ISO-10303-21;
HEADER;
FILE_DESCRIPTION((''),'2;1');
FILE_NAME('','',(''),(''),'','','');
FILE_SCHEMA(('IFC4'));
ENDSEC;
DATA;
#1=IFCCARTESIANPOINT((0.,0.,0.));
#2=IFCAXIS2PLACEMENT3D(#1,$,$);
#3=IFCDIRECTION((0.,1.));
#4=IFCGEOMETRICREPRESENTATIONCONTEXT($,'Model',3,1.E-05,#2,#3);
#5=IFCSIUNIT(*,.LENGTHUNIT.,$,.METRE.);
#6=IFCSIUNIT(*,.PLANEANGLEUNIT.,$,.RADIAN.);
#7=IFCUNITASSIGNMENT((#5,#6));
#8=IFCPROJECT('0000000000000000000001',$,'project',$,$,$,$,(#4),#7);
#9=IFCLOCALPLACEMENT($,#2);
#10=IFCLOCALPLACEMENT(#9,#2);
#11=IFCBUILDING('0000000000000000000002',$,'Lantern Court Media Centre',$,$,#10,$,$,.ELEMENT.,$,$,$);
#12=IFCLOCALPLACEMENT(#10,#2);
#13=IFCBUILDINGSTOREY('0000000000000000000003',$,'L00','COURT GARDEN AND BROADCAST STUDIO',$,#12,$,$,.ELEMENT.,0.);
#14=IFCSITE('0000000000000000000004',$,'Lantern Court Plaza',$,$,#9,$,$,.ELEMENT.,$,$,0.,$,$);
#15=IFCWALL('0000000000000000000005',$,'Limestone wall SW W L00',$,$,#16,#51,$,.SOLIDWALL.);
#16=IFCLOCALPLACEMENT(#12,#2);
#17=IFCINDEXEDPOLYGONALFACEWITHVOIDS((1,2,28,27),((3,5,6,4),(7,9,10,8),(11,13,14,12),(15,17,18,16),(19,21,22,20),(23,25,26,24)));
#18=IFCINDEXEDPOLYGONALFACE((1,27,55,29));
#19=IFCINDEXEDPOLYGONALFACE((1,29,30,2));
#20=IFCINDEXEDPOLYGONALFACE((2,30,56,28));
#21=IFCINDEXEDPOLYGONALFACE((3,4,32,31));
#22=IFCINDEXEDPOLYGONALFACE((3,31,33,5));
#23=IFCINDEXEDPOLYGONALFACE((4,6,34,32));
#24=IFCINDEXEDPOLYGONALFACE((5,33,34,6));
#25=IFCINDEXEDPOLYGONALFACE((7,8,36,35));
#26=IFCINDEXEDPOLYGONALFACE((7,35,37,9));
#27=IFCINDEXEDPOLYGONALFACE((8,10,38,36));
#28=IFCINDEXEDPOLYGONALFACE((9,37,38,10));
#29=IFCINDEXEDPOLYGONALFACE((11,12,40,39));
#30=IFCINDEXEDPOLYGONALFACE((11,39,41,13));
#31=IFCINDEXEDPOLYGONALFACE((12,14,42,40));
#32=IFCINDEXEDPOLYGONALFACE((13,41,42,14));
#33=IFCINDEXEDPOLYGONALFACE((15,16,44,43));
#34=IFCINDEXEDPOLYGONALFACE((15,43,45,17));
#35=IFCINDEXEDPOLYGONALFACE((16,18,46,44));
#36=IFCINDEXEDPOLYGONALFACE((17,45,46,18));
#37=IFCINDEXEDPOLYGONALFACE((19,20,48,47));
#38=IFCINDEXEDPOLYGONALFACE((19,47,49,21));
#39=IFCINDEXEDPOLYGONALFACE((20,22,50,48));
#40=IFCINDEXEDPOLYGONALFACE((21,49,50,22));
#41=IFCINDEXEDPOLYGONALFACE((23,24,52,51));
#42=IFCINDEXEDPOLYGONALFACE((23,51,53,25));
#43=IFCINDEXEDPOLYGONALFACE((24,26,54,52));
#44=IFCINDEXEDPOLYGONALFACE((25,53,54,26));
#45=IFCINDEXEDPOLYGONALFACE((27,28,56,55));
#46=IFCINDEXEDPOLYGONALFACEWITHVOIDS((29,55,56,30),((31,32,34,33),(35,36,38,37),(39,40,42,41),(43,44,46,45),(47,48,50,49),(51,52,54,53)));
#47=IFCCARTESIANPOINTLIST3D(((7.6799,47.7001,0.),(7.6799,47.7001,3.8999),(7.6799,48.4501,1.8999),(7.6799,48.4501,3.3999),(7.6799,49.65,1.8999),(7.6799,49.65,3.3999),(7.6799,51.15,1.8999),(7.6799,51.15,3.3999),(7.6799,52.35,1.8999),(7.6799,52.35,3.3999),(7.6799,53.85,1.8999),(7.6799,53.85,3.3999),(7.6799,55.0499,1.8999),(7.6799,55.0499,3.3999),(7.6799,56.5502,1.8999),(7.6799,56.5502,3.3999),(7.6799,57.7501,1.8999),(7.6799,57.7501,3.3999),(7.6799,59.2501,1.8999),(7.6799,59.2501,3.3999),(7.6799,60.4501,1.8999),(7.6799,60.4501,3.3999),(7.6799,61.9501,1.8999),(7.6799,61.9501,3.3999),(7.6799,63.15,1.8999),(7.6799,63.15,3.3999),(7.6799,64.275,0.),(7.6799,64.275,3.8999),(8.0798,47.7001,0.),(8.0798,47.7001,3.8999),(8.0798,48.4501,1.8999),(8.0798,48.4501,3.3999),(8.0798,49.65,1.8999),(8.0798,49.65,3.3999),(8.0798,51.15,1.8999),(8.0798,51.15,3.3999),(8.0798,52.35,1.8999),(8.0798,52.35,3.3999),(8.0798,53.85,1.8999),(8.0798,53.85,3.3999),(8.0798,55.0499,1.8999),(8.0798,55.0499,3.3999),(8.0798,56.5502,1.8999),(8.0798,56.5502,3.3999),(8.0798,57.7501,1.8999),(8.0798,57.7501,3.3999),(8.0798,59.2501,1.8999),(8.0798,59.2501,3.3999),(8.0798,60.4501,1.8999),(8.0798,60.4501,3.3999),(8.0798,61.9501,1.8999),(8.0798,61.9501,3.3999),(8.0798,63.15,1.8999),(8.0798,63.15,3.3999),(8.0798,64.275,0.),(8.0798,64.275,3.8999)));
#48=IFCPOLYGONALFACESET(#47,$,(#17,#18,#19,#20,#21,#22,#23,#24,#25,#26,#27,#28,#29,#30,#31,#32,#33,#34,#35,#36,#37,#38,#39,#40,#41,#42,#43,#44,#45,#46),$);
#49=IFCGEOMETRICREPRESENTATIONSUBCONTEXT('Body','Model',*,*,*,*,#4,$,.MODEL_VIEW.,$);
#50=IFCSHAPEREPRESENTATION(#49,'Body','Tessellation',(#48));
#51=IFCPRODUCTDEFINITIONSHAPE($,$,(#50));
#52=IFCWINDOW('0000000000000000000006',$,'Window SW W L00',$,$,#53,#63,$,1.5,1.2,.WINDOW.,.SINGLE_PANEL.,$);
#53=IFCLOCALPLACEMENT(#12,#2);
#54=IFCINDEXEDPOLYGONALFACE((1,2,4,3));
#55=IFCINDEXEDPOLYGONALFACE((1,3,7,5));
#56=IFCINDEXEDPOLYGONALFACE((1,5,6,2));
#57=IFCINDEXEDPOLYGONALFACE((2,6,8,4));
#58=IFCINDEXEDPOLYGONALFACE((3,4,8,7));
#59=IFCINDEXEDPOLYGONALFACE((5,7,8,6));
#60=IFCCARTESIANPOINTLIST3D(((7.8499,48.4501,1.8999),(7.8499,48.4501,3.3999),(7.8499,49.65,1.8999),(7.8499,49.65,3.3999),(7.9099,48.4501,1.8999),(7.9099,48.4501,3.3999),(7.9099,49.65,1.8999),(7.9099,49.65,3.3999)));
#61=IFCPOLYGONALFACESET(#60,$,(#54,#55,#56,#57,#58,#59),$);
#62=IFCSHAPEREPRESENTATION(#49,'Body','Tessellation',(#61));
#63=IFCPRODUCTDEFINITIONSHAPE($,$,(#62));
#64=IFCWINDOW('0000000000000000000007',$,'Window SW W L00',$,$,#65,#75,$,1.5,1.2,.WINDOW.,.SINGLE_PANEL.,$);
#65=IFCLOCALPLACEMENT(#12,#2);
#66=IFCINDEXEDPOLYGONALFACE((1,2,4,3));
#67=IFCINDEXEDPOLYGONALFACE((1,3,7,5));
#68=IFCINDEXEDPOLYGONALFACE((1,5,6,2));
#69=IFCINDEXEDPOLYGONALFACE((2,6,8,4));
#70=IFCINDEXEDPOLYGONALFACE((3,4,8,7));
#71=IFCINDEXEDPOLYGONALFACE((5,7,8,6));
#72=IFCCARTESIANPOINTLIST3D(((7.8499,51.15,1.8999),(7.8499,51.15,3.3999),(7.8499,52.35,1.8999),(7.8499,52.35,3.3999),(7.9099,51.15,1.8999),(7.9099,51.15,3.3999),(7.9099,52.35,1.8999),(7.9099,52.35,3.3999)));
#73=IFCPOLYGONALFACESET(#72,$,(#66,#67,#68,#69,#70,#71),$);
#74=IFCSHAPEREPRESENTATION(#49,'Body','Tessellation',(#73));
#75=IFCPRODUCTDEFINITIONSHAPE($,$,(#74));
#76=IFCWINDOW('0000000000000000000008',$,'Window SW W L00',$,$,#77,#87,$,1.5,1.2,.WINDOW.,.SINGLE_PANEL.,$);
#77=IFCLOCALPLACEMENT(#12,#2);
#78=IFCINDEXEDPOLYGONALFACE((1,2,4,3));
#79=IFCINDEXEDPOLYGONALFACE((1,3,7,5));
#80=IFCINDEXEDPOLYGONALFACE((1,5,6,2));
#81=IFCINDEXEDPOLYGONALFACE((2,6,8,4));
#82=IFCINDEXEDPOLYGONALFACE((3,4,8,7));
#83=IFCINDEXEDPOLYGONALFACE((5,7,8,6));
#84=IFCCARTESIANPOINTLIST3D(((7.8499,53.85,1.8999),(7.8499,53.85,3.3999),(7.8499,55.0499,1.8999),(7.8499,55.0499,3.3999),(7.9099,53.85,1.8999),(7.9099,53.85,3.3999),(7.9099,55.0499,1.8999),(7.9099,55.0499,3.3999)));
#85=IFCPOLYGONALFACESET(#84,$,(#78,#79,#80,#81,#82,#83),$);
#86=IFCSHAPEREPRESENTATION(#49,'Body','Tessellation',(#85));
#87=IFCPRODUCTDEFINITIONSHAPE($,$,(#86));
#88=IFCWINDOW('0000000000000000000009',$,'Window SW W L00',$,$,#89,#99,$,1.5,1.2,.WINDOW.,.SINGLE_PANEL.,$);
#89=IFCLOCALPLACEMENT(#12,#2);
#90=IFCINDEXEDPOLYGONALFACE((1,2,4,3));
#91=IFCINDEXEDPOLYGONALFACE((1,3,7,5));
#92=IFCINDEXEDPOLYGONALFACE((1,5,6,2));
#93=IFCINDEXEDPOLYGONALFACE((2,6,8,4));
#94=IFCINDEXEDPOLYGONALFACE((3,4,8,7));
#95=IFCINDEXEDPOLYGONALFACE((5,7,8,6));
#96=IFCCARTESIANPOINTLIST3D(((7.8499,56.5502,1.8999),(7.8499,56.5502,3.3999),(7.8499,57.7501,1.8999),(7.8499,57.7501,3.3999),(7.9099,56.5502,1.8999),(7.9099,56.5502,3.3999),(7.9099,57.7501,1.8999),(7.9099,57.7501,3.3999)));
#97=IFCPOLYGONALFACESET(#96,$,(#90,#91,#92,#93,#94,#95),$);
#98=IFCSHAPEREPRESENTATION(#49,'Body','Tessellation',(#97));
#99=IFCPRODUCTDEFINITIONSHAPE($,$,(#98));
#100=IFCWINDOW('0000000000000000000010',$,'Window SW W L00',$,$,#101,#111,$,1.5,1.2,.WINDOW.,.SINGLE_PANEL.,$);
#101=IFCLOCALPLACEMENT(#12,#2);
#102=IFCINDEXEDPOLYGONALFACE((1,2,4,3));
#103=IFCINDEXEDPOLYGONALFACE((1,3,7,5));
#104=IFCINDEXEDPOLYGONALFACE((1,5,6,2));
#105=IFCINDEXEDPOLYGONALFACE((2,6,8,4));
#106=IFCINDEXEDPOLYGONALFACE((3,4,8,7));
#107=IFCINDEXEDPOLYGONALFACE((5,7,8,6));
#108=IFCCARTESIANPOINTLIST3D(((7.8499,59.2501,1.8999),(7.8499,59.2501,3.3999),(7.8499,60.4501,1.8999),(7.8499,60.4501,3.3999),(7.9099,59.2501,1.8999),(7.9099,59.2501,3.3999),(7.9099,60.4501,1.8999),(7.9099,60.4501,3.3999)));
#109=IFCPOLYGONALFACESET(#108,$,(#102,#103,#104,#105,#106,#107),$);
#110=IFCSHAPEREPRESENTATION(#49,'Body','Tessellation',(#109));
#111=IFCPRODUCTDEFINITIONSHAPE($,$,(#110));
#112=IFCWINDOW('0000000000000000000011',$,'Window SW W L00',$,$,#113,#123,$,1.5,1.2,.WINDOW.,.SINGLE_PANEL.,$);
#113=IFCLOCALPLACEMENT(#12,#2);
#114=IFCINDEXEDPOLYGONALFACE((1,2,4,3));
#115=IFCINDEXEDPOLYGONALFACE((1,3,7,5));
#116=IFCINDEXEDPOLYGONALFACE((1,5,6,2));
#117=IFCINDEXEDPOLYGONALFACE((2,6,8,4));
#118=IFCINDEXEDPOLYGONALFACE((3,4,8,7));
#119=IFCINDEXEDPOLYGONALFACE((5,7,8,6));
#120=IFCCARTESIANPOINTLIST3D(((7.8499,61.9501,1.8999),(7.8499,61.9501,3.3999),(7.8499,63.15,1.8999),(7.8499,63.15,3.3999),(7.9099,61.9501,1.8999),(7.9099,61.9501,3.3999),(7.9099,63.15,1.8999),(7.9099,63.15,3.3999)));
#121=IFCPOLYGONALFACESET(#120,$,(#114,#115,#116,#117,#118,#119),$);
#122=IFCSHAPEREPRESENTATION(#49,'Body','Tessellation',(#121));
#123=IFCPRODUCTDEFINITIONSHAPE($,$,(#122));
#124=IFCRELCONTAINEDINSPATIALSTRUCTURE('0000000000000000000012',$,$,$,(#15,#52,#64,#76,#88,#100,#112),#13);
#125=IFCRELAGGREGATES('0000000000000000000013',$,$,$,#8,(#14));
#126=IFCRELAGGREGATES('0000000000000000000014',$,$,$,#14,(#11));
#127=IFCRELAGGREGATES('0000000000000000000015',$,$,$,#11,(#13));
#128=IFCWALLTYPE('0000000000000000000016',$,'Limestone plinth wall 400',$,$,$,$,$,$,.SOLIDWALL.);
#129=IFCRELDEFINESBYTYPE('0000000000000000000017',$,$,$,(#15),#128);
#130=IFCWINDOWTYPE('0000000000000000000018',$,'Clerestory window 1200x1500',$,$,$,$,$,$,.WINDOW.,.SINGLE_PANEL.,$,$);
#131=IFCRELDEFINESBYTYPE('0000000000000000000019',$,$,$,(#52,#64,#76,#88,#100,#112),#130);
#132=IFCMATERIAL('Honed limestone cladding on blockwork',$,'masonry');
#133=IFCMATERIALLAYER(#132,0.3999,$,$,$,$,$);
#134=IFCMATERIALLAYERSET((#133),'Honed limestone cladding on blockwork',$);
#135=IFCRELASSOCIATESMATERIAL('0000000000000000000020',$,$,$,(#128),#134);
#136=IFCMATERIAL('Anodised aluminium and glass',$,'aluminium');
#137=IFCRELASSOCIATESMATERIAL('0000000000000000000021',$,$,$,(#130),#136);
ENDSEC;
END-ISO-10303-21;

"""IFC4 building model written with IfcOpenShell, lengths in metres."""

from ifc_helpers import new_model, si_unit, direction, frame, frame_2d, origin, place, context, subcontext, project, spatial, rectangle, extrude, material, layer, layer_set, type_object, element, fill, save


model = new_model("IFC4")

# Units and contexts
model_context = context("Model", 3, precision=1e-05, world=origin(), true_north=direction((0.0, 1.0)))
body_context = subcontext(model_context, "Body", "Model", "MODEL_VIEW")
ifc_project = project(units=[si_unit("LENGTHUNIT", "METRE"), si_unit("PLANEANGLEUNIT", "RADIAN")], contexts=[model_context])

# Site, building, storey
site_placement = place(None, origin())
site = spatial("IfcSite", under=ifc_project, at=site_placement, Name="Lantern Court Plaza", CompositionType="ELEMENT", RefElevation=0.0)
building_placement = place(site_placement, origin())
building = spatial("IfcBuilding", under=site, at=building_placement, Name="Lantern Court Media Centre", CompositionType="ELEMENT")
storey_placement = place(building_placement, origin())
storey = spatial("IfcBuildingStorey", under=building, at=storey_placement, Name="L00", Description="COURT GARDEN AND BROADCAST STUDIO", CompositionType="ELEMENT", Elevation=0.0)

# Wall, openings, windows
ifc_material_1 = material(Name="Honed limestone cladding on blockwork", Category="masonry")
ifc_layer_1 = layer(ifc_material_1, 0.3999)
ifc_layer_set_1 = layer_set([ifc_layer_1], Name="Honed limestone cladding on blockwork")
wall_type = type_object("IfcWallType", Name="Limestone plinth wall 400", PredefinedType="SOLIDWALL", material=ifc_layer_set_1)
wall_1_placement = place(storey_placement, frame((7.8799, 47.7, 0.0), z_axis=(0.0, 0.0, 1.0), x_axis=(0.0, 1.0, 0.0)))
wall_1 = element("IfcWall", 1, at=wall_1_placement, inside=storey, type_object=wall_type, Name="Limestone wall SW W L00", PredefinedType="SOLIDWALL", context=body_context, shape_type="SweptSolid", body=[
    extrude(rectangle(XDim=16.575, YDim=0.3999, at=frame_2d((8.2876, 0.0))), origin(), (0.0, 0.0, 1.0), 3.8999),
])
opening_1_placement = place(wall_1_placement, frame((0.75, 0.0, 1.8999)))
opening_1 = element("IfcOpeningElement", 2, at=opening_1_placement, cuts=wall_1, PredefinedType="OPENING", context=body_context, shape_type="SweptSolid", body=[
    extrude(rectangle(XDim=1.2, YDim=1.5, at=frame_2d((0.6001, 0.75))), frame((0.0, 0.21, 0.0), z_axis=(0.0, -1.0, 0.0), x_axis=(1.0, 0.0, 0.0)), (0.0, 0.0, 1.0), 0.4199),
])
opening_2_placement = place(wall_1_placement, frame((3.45, 0.0, 1.8999)))
opening_2 = element("IfcOpeningElement", 3, at=opening_2_placement, cuts=wall_1, PredefinedType="OPENING", context=body_context, shape_type="SweptSolid", body=[
    extrude(rectangle(XDim=1.2, YDim=1.5, at=frame_2d((0.6001, 0.75))), frame((0.0, 0.21, 0.0), z_axis=(0.0, -1.0, 0.0), x_axis=(1.0, 0.0, 0.0)), (0.0, 0.0, 1.0), 0.4199),
])
opening_3_placement = place(wall_1_placement, frame((6.1499, 0.0, 1.8999)))
opening_3 = element("IfcOpeningElement", 4, at=opening_3_placement, cuts=wall_1, PredefinedType="OPENING", context=body_context, shape_type="SweptSolid", body=[
    extrude(rectangle(XDim=1.2, YDim=1.5, at=frame_2d((0.6001, 0.75))), frame((0.0, 0.21, 0.0), z_axis=(0.0, -1.0, 0.0), x_axis=(1.0, 0.0, 0.0)), (0.0, 0.0, 1.0), 0.4199),
])
opening_4_placement = place(wall_1_placement, frame((8.8501, 0.0, 1.8999)))
opening_4 = element("IfcOpeningElement", 5, at=opening_4_placement, cuts=wall_1, PredefinedType="OPENING", context=body_context, shape_type="SweptSolid", body=[
    extrude(rectangle(XDim=1.2, YDim=1.5, at=frame_2d((0.6001, 0.75))), frame((0.0, 0.21, 0.0), z_axis=(0.0, -1.0, 0.0), x_axis=(1.0, 0.0, 0.0)), (0.0, 0.0, 1.0), 0.4199),
])
opening_5_placement = place(wall_1_placement, frame((11.55, 0.0, 1.8999)))
opening_5 = element("IfcOpeningElement", 6, at=opening_5_placement, cuts=wall_1, PredefinedType="OPENING", context=body_context, shape_type="SweptSolid", body=[
    extrude(rectangle(XDim=1.2, YDim=1.5, at=frame_2d((0.6001, 0.75))), frame((0.0, 0.21, 0.0), z_axis=(0.0, -1.0, 0.0), x_axis=(1.0, 0.0, 0.0)), (0.0, 0.0, 1.0), 0.4199),
])
opening_6_placement = place(wall_1_placement, frame((14.25, 0.0, 1.8999)))
opening_6 = element("IfcOpeningElement", 7, at=opening_6_placement, cuts=wall_1, PredefinedType="OPENING", context=body_context, shape_type="SweptSolid", body=[
    extrude(rectangle(XDim=1.2, YDim=1.5, at=frame_2d((0.6001, 0.75))), frame((0.0, 0.21, 0.0), z_axis=(0.0, -1.0, 0.0), x_axis=(1.0, 0.0, 0.0)), (0.0, 0.0, 1.0), 0.4199),
])
ifc_material_2 = material(Name="Anodised aluminium and glass", Category="aluminium")
window_type = type_object("IfcWindowType", Name="Clerestory window 1200x1500", PartitioningType="SINGLE_PANEL", PredefinedType="WINDOW", material=ifc_material_2)
window_1_placement = place(opening_1_placement, origin())
window_1 = element("IfcWindow", 8, at=window_1_placement, inside=storey, type_object=window_type, Name="Window SW W L00", OverallHeight=1.5, OverallWidth=1.2, PartitioningType="SINGLE_PANEL", PredefinedType="WINDOW", context=body_context, shape_type="SweptSolid", body=[
    extrude(rectangle(XDim=1.2, YDim=1.5, at=frame_2d((0.6001, 0.75))), frame((0.0, 0.03, 0.0), z_axis=(0.0, -1.0, 0.0), x_axis=(1.0, 0.0, 0.0)), (0.0, 0.0, 1.0), 0.0601),
])
fill(opening_1, window_1)
window_2_placement = place(opening_2_placement, origin())
window_2 = element("IfcWindow", 9, at=window_2_placement, inside=storey, type_object=window_type, Name="Window SW W L00", OverallHeight=1.5, OverallWidth=1.2, PartitioningType="SINGLE_PANEL", PredefinedType="WINDOW", context=body_context, shape_type="SweptSolid", body=[
    extrude(rectangle(XDim=1.2, YDim=1.5, at=frame_2d((0.6001, 0.75))), frame((0.0, 0.03, 0.0), z_axis=(0.0, -1.0, 0.0), x_axis=(1.0, 0.0, 0.0)), (0.0, 0.0, 1.0), 0.0601),
])
fill(opening_2, window_2)
window_3_placement = place(opening_3_placement, origin())
window_3 = element("IfcWindow", 10, at=window_3_placement, inside=storey, type_object=window_type, Name="Window SW W L00", OverallHeight=1.5, OverallWidth=1.2, PartitioningType="SINGLE_PANEL", PredefinedType="WINDOW", context=body_context, shape_type="SweptSolid", body=[
    extrude(rectangle(XDim=1.2, YDim=1.5, at=frame_2d((0.6001, 0.75))), frame((0.0, 0.03, 0.0), z_axis=(0.0, -1.0, 0.0), x_axis=(1.0, 0.0, 0.0)), (0.0, 0.0, 1.0), 0.0601),
])
fill(opening_3, window_3)
window_4_placement = place(opening_4_placement, origin())
window_4 = element("IfcWindow", 11, at=window_4_placement, inside=storey, type_object=window_type, Name="Window SW W L00", OverallHeight=1.5, OverallWidth=1.2, PartitioningType="SINGLE_PANEL", PredefinedType="WINDOW", context=body_context, shape_type="SweptSolid", body=[
    extrude(rectangle(XDim=1.2, YDim=1.5, at=frame_2d((0.6001, 0.75))), frame((0.0, 0.03, 0.0), z_axis=(0.0, -1.0, 0.0), x_axis=(1.0, 0.0, 0.0)), (0.0, 0.0, 1.0), 0.0601),
])
fill(opening_4, window_4)
window_5_placement = place(opening_5_placement, origin())
window_5 = element("IfcWindow", 12, at=window_5_placement, inside=storey, type_object=window_type, Name="Window SW W L00", OverallHeight=1.5, OverallWidth=1.2, PartitioningType="SINGLE_PANEL", PredefinedType="WINDOW", context=body_context, shape_type="SweptSolid", body=[
    extrude(rectangle(XDim=1.2, YDim=1.5, at=frame_2d((0.6001, 0.75))), frame((0.0, 0.03, 0.0), z_axis=(0.0, -1.0, 0.0), x_axis=(1.0, 0.0, 0.0)), (0.0, 0.0, 1.0), 0.0601),
])
fill(opening_5, window_5)
window_6_placement = place(opening_6_placement, origin())
window_6 = element("IfcWindow", 13, at=window_6_placement, inside=storey, type_object=window_type, Name="Window SW W L00", OverallHeight=1.5, OverallWidth=1.2, PartitioningType="SINGLE_PANEL", PredefinedType="WINDOW", context=body_context, shape_type="SweptSolid", body=[
    extrude(rectangle(XDim=1.2, YDim=1.5, at=frame_2d((0.6001, 0.75))), frame((0.0, 0.03, 0.0), z_axis=(0.0, -1.0, 0.0), x_axis=(1.0, 0.0, 0.0)), (0.0, 0.0, 1.0), 0.0601),
])
fill(opening_6, window_6)

save(model, "model.ifc")
